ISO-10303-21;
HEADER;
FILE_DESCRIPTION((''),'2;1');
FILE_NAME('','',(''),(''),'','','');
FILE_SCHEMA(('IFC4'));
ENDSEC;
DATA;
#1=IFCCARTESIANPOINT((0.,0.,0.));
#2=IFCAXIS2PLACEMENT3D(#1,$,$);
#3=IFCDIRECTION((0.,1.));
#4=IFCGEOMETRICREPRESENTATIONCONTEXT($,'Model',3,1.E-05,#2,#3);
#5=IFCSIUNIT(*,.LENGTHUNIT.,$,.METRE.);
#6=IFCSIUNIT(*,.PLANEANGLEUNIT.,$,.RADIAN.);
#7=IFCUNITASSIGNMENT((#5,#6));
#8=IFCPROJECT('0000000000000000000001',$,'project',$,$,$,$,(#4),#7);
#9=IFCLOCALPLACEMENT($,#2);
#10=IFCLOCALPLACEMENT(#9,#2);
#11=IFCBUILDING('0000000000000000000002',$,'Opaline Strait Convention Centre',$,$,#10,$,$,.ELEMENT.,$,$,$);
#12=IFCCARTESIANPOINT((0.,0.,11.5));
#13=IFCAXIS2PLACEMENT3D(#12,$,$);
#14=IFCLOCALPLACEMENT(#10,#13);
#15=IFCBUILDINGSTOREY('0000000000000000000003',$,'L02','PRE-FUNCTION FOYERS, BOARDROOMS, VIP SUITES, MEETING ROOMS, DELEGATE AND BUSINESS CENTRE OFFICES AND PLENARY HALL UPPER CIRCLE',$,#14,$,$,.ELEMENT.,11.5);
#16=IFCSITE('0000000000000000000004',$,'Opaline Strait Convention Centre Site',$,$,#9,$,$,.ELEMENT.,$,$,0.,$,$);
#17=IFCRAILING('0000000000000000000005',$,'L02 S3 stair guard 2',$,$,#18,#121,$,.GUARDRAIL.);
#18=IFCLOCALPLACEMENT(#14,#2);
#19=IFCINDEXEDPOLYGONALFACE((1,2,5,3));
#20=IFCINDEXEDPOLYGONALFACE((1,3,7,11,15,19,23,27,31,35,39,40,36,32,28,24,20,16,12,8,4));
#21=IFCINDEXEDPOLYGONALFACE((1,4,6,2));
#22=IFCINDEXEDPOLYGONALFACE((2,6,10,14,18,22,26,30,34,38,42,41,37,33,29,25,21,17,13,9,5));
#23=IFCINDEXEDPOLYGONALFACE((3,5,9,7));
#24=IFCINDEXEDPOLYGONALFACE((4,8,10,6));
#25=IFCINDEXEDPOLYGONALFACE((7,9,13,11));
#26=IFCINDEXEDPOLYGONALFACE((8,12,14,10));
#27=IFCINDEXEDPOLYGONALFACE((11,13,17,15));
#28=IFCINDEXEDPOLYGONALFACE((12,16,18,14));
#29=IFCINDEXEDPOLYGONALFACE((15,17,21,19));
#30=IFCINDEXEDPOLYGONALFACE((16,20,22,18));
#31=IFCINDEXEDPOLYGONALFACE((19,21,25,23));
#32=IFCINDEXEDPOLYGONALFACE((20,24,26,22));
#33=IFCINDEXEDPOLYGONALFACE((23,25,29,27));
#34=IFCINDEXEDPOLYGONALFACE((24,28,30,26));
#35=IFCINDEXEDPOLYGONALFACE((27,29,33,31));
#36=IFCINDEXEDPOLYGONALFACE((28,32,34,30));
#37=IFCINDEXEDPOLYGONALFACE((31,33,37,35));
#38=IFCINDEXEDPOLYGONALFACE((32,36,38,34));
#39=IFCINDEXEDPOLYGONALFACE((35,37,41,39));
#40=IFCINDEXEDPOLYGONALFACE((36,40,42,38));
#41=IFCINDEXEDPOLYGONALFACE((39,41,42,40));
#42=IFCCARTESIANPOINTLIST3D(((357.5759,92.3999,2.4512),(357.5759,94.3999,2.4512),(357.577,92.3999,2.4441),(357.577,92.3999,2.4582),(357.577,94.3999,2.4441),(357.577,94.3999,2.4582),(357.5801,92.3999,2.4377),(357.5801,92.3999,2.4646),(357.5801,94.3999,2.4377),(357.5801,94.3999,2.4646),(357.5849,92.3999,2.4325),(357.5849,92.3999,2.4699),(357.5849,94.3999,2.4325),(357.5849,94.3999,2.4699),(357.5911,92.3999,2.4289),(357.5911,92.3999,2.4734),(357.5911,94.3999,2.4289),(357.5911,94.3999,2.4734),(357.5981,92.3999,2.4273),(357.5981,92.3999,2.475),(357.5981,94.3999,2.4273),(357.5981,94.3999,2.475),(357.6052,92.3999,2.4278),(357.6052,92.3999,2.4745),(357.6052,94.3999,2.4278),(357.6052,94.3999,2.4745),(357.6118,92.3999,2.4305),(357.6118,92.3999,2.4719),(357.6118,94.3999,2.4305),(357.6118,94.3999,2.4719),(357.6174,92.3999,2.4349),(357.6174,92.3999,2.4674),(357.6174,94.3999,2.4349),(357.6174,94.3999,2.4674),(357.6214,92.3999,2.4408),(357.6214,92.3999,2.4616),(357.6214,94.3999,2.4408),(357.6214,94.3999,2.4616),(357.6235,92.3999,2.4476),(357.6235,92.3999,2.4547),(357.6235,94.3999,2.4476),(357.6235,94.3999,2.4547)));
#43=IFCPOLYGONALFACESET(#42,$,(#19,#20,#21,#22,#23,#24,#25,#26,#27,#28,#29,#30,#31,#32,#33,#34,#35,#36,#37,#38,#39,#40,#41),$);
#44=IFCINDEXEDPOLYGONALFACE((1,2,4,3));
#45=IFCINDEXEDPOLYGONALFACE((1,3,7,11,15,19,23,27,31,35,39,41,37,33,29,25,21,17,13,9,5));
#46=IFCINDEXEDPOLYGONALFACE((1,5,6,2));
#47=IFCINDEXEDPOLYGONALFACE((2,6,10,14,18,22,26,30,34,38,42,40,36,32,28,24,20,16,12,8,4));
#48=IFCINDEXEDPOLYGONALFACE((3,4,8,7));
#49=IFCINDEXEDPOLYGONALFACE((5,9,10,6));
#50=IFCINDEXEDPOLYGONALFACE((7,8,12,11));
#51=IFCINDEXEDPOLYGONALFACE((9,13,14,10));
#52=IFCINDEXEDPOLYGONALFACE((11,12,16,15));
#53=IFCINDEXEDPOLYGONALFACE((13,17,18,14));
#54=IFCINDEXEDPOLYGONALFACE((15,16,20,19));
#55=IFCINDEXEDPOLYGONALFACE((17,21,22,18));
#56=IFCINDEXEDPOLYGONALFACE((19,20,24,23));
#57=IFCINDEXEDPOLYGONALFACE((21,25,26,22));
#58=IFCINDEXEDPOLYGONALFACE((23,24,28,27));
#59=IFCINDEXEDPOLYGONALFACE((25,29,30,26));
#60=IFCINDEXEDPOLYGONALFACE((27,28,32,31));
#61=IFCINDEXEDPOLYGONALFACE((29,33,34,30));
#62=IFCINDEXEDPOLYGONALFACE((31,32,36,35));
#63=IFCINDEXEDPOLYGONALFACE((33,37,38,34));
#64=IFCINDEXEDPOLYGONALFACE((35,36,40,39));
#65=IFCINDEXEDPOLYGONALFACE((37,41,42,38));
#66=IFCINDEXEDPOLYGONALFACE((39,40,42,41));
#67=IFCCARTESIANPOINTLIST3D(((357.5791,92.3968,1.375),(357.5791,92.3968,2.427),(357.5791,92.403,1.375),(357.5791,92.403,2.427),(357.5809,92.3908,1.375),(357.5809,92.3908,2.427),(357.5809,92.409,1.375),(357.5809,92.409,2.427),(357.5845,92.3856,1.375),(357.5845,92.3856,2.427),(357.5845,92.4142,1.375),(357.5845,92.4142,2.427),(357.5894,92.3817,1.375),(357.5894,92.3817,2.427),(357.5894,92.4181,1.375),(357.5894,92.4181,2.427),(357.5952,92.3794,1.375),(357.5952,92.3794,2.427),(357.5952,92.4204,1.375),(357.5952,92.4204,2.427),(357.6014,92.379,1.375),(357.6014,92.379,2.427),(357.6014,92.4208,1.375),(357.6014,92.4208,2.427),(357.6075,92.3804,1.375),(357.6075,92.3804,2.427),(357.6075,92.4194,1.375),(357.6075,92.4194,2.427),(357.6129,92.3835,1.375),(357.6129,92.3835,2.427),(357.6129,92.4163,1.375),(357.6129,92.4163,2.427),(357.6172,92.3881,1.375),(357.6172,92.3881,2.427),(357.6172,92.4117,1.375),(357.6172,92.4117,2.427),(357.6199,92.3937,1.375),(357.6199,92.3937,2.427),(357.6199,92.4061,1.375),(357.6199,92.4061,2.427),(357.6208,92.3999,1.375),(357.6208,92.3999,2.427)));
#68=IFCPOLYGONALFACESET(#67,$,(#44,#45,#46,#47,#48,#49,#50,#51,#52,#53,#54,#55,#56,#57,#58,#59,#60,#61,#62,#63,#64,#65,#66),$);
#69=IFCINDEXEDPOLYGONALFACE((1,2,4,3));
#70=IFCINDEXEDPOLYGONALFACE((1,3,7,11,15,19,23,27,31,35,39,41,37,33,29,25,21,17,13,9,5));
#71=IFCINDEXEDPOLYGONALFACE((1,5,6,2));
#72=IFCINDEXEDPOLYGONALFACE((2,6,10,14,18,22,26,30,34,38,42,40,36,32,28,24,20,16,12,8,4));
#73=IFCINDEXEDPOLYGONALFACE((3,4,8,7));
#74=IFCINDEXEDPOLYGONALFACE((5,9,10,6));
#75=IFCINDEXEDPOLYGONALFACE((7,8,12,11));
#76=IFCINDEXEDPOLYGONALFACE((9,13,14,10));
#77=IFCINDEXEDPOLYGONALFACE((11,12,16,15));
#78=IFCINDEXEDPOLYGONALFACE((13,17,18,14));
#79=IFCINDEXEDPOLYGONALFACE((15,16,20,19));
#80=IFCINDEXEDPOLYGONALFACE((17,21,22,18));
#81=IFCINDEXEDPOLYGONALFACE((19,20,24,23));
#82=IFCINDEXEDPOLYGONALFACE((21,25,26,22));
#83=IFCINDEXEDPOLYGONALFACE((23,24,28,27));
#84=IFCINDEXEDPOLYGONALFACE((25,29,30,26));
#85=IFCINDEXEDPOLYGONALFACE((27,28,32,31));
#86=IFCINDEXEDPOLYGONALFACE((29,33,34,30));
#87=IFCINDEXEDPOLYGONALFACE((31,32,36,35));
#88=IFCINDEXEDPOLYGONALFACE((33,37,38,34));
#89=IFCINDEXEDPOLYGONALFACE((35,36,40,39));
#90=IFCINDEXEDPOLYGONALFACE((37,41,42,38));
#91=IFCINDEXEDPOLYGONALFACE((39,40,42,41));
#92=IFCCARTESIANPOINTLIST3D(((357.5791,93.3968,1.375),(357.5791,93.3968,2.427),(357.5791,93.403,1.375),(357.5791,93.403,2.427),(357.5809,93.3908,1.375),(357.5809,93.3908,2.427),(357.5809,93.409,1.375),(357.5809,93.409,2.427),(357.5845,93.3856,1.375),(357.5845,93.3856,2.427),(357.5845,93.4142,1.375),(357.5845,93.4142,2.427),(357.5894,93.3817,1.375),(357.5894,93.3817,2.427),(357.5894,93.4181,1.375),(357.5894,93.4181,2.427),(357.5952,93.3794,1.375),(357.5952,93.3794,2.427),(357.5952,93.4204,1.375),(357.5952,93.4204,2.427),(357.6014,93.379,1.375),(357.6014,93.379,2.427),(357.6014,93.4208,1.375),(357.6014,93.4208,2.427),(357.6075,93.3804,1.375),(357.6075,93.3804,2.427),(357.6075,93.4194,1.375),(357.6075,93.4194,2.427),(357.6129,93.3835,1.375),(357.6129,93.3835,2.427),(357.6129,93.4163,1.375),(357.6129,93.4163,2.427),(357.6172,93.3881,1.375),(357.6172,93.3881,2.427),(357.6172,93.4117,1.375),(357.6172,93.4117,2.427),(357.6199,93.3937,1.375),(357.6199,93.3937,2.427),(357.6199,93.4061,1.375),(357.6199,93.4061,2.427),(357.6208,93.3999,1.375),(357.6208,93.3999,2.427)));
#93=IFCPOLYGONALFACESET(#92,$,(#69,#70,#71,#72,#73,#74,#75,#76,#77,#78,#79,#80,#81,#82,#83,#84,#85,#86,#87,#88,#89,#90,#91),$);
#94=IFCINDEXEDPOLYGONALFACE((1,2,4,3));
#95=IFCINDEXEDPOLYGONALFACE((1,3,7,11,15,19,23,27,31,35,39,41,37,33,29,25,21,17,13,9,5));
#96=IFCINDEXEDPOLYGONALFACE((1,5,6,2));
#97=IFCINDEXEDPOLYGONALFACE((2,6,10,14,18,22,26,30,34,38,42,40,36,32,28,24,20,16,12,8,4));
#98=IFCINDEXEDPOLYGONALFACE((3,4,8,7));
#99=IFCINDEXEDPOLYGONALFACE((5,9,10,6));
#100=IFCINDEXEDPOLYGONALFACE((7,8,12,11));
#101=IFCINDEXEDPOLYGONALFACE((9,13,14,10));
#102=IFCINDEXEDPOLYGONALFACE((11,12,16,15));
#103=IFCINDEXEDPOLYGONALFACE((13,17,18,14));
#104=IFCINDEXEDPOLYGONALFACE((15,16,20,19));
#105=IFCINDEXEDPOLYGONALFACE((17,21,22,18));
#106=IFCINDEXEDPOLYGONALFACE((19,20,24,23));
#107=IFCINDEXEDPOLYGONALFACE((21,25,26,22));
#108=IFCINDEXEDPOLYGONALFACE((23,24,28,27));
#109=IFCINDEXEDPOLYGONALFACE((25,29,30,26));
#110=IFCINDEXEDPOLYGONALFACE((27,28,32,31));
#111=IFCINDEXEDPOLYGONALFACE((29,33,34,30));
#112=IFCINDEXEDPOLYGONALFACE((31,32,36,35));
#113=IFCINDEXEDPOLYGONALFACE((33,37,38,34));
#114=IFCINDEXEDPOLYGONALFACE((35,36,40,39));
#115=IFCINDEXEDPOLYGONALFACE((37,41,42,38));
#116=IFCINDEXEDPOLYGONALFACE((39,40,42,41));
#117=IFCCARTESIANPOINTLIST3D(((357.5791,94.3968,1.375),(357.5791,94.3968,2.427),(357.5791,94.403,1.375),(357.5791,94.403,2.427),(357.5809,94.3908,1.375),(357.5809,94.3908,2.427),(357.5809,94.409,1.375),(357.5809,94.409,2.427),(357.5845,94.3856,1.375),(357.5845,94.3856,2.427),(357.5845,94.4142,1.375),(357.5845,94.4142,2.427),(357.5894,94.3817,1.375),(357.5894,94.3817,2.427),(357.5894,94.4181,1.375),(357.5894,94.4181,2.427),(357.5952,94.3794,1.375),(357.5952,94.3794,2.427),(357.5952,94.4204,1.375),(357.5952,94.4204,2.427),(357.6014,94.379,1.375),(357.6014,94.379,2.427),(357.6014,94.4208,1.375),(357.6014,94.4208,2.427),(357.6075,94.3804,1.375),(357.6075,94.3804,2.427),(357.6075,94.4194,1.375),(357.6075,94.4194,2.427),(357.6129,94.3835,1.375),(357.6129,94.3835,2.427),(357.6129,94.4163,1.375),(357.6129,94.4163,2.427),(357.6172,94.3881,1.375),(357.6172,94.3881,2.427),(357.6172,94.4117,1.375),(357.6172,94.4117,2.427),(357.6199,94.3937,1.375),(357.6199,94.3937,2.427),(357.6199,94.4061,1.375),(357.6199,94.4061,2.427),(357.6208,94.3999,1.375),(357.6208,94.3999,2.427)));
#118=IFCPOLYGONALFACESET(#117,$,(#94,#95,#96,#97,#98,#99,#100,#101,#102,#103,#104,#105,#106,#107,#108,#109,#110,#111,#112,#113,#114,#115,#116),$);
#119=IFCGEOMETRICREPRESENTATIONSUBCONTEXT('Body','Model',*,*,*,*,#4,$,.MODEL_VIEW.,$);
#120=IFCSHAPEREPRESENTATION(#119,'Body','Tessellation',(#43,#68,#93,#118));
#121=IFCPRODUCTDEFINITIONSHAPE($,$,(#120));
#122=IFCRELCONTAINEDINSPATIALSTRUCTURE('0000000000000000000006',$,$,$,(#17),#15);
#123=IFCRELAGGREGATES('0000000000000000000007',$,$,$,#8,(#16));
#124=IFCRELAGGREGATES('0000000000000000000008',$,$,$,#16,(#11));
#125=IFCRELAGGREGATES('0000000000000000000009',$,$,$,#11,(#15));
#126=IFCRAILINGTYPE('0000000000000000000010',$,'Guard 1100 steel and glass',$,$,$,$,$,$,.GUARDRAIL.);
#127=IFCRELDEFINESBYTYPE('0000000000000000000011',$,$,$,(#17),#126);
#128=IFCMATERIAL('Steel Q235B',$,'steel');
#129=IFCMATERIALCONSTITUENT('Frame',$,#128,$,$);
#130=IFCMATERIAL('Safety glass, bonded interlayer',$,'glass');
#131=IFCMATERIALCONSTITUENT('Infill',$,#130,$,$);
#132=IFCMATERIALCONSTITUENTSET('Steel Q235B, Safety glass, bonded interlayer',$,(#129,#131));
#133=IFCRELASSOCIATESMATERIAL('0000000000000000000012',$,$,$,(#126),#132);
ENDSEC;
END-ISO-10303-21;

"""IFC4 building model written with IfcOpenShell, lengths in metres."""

from ifc_helpers import new_model, si_unit, direction, frame, origin, origin_2d, place, context, subcontext, project, spatial, circle, extrude, material, constituent, constituent_set, type_object, element, save


model = new_model("IFC4")

# Units and contexts
model_context = context("Model", 3, precision=1e-05, world=origin(), true_north=direction((0.0, 1.0)))
body_context = subcontext(model_context, "Body", "Model", "MODEL_VIEW")
ifc_project = project(units=[si_unit("LENGTHUNIT", "METRE"), si_unit("PLANEANGLEUNIT", "RADIAN")], contexts=[model_context])

# Site, building, storey
site_placement = place(None, origin())
site = spatial("IfcSite", under=ifc_project, at=site_placement, Name="Opaline Strait Convention Centre Site", CompositionType="ELEMENT", RefElevation=0.0)
building_placement = place(site_placement, origin())
building = spatial("IfcBuilding", under=site, at=building_placement, Name="Opaline Strait Convention Centre", CompositionType="ELEMENT")
storey_placement = place(building_placement, frame((0.0, 0.0, 11.5)))
storey = spatial("IfcBuildingStorey", under=building, at=storey_placement, Name="L02", Description="PRE-FUNCTION FOYERS, BOARDROOMS, VIP SUITES, MEETING ROOMS, DELEGATE AND BUSINESS CENTRE OFFICES AND PLENARY HALL UPPER CIRCLE", CompositionType="ELEMENT", Elevation=11.5)

# Railing
ifc_material_1 = material(Name="Steel Q235B", Category="steel")
ifc_constituent_1 = constituent(ifc_material_1, Name="Frame")
ifc_material_2 = material(Name="Safety glass, bonded interlayer", Category="glass")
ifc_constituent_2 = constituent(ifc_material_2, Name="Infill")
ifc_constituent_set = constituent_set(constituents=[ifc_constituent_1, ifc_constituent_2], Name="Steel Q235B, Safety glass, bonded interlayer")
railing_type_1 = type_object("IfcRailingType", Name="Guard 1100 steel and glass", PredefinedType="GUARDRAIL", material=ifc_constituent_set)
railing_1_placement = place(storey_placement, frame((357.5999, 92.3999, 1.375)))
element("IfcRailing", 1, at=railing_1_placement, inside=storey, type_object=railing_type_1, Name="L02 S3 stair guard 2", PredefinedType="GUARDRAIL", context=body_context, shape_type="SweptSolid", body=[
    extrude(circle(Radius=0.0239, at=origin_2d()), frame((0.0, 0.0, 1.0762), z_axis=(0.0, 1.0, 0.0), x_axis=(-1.0, 0.0, 0.0)), (0.0, 0.0, 1.0), 2.0),
    extrude(circle(Radius=0.021, at=origin_2d()), origin(), (0.0, 0.0, 1.0), 1.052),
    extrude(circle(Radius=0.021, at=origin_2d()), frame((0.0, 1.0, 0.0)), (0.0, 0.0, 1.0), 1.052),
    extrude(circle(Radius=0.021, at=origin_2d()), frame((0.0, 2.0, 0.0)), (0.0, 0.0, 1.0), 1.052),
])

save(model, "model.ifc")
